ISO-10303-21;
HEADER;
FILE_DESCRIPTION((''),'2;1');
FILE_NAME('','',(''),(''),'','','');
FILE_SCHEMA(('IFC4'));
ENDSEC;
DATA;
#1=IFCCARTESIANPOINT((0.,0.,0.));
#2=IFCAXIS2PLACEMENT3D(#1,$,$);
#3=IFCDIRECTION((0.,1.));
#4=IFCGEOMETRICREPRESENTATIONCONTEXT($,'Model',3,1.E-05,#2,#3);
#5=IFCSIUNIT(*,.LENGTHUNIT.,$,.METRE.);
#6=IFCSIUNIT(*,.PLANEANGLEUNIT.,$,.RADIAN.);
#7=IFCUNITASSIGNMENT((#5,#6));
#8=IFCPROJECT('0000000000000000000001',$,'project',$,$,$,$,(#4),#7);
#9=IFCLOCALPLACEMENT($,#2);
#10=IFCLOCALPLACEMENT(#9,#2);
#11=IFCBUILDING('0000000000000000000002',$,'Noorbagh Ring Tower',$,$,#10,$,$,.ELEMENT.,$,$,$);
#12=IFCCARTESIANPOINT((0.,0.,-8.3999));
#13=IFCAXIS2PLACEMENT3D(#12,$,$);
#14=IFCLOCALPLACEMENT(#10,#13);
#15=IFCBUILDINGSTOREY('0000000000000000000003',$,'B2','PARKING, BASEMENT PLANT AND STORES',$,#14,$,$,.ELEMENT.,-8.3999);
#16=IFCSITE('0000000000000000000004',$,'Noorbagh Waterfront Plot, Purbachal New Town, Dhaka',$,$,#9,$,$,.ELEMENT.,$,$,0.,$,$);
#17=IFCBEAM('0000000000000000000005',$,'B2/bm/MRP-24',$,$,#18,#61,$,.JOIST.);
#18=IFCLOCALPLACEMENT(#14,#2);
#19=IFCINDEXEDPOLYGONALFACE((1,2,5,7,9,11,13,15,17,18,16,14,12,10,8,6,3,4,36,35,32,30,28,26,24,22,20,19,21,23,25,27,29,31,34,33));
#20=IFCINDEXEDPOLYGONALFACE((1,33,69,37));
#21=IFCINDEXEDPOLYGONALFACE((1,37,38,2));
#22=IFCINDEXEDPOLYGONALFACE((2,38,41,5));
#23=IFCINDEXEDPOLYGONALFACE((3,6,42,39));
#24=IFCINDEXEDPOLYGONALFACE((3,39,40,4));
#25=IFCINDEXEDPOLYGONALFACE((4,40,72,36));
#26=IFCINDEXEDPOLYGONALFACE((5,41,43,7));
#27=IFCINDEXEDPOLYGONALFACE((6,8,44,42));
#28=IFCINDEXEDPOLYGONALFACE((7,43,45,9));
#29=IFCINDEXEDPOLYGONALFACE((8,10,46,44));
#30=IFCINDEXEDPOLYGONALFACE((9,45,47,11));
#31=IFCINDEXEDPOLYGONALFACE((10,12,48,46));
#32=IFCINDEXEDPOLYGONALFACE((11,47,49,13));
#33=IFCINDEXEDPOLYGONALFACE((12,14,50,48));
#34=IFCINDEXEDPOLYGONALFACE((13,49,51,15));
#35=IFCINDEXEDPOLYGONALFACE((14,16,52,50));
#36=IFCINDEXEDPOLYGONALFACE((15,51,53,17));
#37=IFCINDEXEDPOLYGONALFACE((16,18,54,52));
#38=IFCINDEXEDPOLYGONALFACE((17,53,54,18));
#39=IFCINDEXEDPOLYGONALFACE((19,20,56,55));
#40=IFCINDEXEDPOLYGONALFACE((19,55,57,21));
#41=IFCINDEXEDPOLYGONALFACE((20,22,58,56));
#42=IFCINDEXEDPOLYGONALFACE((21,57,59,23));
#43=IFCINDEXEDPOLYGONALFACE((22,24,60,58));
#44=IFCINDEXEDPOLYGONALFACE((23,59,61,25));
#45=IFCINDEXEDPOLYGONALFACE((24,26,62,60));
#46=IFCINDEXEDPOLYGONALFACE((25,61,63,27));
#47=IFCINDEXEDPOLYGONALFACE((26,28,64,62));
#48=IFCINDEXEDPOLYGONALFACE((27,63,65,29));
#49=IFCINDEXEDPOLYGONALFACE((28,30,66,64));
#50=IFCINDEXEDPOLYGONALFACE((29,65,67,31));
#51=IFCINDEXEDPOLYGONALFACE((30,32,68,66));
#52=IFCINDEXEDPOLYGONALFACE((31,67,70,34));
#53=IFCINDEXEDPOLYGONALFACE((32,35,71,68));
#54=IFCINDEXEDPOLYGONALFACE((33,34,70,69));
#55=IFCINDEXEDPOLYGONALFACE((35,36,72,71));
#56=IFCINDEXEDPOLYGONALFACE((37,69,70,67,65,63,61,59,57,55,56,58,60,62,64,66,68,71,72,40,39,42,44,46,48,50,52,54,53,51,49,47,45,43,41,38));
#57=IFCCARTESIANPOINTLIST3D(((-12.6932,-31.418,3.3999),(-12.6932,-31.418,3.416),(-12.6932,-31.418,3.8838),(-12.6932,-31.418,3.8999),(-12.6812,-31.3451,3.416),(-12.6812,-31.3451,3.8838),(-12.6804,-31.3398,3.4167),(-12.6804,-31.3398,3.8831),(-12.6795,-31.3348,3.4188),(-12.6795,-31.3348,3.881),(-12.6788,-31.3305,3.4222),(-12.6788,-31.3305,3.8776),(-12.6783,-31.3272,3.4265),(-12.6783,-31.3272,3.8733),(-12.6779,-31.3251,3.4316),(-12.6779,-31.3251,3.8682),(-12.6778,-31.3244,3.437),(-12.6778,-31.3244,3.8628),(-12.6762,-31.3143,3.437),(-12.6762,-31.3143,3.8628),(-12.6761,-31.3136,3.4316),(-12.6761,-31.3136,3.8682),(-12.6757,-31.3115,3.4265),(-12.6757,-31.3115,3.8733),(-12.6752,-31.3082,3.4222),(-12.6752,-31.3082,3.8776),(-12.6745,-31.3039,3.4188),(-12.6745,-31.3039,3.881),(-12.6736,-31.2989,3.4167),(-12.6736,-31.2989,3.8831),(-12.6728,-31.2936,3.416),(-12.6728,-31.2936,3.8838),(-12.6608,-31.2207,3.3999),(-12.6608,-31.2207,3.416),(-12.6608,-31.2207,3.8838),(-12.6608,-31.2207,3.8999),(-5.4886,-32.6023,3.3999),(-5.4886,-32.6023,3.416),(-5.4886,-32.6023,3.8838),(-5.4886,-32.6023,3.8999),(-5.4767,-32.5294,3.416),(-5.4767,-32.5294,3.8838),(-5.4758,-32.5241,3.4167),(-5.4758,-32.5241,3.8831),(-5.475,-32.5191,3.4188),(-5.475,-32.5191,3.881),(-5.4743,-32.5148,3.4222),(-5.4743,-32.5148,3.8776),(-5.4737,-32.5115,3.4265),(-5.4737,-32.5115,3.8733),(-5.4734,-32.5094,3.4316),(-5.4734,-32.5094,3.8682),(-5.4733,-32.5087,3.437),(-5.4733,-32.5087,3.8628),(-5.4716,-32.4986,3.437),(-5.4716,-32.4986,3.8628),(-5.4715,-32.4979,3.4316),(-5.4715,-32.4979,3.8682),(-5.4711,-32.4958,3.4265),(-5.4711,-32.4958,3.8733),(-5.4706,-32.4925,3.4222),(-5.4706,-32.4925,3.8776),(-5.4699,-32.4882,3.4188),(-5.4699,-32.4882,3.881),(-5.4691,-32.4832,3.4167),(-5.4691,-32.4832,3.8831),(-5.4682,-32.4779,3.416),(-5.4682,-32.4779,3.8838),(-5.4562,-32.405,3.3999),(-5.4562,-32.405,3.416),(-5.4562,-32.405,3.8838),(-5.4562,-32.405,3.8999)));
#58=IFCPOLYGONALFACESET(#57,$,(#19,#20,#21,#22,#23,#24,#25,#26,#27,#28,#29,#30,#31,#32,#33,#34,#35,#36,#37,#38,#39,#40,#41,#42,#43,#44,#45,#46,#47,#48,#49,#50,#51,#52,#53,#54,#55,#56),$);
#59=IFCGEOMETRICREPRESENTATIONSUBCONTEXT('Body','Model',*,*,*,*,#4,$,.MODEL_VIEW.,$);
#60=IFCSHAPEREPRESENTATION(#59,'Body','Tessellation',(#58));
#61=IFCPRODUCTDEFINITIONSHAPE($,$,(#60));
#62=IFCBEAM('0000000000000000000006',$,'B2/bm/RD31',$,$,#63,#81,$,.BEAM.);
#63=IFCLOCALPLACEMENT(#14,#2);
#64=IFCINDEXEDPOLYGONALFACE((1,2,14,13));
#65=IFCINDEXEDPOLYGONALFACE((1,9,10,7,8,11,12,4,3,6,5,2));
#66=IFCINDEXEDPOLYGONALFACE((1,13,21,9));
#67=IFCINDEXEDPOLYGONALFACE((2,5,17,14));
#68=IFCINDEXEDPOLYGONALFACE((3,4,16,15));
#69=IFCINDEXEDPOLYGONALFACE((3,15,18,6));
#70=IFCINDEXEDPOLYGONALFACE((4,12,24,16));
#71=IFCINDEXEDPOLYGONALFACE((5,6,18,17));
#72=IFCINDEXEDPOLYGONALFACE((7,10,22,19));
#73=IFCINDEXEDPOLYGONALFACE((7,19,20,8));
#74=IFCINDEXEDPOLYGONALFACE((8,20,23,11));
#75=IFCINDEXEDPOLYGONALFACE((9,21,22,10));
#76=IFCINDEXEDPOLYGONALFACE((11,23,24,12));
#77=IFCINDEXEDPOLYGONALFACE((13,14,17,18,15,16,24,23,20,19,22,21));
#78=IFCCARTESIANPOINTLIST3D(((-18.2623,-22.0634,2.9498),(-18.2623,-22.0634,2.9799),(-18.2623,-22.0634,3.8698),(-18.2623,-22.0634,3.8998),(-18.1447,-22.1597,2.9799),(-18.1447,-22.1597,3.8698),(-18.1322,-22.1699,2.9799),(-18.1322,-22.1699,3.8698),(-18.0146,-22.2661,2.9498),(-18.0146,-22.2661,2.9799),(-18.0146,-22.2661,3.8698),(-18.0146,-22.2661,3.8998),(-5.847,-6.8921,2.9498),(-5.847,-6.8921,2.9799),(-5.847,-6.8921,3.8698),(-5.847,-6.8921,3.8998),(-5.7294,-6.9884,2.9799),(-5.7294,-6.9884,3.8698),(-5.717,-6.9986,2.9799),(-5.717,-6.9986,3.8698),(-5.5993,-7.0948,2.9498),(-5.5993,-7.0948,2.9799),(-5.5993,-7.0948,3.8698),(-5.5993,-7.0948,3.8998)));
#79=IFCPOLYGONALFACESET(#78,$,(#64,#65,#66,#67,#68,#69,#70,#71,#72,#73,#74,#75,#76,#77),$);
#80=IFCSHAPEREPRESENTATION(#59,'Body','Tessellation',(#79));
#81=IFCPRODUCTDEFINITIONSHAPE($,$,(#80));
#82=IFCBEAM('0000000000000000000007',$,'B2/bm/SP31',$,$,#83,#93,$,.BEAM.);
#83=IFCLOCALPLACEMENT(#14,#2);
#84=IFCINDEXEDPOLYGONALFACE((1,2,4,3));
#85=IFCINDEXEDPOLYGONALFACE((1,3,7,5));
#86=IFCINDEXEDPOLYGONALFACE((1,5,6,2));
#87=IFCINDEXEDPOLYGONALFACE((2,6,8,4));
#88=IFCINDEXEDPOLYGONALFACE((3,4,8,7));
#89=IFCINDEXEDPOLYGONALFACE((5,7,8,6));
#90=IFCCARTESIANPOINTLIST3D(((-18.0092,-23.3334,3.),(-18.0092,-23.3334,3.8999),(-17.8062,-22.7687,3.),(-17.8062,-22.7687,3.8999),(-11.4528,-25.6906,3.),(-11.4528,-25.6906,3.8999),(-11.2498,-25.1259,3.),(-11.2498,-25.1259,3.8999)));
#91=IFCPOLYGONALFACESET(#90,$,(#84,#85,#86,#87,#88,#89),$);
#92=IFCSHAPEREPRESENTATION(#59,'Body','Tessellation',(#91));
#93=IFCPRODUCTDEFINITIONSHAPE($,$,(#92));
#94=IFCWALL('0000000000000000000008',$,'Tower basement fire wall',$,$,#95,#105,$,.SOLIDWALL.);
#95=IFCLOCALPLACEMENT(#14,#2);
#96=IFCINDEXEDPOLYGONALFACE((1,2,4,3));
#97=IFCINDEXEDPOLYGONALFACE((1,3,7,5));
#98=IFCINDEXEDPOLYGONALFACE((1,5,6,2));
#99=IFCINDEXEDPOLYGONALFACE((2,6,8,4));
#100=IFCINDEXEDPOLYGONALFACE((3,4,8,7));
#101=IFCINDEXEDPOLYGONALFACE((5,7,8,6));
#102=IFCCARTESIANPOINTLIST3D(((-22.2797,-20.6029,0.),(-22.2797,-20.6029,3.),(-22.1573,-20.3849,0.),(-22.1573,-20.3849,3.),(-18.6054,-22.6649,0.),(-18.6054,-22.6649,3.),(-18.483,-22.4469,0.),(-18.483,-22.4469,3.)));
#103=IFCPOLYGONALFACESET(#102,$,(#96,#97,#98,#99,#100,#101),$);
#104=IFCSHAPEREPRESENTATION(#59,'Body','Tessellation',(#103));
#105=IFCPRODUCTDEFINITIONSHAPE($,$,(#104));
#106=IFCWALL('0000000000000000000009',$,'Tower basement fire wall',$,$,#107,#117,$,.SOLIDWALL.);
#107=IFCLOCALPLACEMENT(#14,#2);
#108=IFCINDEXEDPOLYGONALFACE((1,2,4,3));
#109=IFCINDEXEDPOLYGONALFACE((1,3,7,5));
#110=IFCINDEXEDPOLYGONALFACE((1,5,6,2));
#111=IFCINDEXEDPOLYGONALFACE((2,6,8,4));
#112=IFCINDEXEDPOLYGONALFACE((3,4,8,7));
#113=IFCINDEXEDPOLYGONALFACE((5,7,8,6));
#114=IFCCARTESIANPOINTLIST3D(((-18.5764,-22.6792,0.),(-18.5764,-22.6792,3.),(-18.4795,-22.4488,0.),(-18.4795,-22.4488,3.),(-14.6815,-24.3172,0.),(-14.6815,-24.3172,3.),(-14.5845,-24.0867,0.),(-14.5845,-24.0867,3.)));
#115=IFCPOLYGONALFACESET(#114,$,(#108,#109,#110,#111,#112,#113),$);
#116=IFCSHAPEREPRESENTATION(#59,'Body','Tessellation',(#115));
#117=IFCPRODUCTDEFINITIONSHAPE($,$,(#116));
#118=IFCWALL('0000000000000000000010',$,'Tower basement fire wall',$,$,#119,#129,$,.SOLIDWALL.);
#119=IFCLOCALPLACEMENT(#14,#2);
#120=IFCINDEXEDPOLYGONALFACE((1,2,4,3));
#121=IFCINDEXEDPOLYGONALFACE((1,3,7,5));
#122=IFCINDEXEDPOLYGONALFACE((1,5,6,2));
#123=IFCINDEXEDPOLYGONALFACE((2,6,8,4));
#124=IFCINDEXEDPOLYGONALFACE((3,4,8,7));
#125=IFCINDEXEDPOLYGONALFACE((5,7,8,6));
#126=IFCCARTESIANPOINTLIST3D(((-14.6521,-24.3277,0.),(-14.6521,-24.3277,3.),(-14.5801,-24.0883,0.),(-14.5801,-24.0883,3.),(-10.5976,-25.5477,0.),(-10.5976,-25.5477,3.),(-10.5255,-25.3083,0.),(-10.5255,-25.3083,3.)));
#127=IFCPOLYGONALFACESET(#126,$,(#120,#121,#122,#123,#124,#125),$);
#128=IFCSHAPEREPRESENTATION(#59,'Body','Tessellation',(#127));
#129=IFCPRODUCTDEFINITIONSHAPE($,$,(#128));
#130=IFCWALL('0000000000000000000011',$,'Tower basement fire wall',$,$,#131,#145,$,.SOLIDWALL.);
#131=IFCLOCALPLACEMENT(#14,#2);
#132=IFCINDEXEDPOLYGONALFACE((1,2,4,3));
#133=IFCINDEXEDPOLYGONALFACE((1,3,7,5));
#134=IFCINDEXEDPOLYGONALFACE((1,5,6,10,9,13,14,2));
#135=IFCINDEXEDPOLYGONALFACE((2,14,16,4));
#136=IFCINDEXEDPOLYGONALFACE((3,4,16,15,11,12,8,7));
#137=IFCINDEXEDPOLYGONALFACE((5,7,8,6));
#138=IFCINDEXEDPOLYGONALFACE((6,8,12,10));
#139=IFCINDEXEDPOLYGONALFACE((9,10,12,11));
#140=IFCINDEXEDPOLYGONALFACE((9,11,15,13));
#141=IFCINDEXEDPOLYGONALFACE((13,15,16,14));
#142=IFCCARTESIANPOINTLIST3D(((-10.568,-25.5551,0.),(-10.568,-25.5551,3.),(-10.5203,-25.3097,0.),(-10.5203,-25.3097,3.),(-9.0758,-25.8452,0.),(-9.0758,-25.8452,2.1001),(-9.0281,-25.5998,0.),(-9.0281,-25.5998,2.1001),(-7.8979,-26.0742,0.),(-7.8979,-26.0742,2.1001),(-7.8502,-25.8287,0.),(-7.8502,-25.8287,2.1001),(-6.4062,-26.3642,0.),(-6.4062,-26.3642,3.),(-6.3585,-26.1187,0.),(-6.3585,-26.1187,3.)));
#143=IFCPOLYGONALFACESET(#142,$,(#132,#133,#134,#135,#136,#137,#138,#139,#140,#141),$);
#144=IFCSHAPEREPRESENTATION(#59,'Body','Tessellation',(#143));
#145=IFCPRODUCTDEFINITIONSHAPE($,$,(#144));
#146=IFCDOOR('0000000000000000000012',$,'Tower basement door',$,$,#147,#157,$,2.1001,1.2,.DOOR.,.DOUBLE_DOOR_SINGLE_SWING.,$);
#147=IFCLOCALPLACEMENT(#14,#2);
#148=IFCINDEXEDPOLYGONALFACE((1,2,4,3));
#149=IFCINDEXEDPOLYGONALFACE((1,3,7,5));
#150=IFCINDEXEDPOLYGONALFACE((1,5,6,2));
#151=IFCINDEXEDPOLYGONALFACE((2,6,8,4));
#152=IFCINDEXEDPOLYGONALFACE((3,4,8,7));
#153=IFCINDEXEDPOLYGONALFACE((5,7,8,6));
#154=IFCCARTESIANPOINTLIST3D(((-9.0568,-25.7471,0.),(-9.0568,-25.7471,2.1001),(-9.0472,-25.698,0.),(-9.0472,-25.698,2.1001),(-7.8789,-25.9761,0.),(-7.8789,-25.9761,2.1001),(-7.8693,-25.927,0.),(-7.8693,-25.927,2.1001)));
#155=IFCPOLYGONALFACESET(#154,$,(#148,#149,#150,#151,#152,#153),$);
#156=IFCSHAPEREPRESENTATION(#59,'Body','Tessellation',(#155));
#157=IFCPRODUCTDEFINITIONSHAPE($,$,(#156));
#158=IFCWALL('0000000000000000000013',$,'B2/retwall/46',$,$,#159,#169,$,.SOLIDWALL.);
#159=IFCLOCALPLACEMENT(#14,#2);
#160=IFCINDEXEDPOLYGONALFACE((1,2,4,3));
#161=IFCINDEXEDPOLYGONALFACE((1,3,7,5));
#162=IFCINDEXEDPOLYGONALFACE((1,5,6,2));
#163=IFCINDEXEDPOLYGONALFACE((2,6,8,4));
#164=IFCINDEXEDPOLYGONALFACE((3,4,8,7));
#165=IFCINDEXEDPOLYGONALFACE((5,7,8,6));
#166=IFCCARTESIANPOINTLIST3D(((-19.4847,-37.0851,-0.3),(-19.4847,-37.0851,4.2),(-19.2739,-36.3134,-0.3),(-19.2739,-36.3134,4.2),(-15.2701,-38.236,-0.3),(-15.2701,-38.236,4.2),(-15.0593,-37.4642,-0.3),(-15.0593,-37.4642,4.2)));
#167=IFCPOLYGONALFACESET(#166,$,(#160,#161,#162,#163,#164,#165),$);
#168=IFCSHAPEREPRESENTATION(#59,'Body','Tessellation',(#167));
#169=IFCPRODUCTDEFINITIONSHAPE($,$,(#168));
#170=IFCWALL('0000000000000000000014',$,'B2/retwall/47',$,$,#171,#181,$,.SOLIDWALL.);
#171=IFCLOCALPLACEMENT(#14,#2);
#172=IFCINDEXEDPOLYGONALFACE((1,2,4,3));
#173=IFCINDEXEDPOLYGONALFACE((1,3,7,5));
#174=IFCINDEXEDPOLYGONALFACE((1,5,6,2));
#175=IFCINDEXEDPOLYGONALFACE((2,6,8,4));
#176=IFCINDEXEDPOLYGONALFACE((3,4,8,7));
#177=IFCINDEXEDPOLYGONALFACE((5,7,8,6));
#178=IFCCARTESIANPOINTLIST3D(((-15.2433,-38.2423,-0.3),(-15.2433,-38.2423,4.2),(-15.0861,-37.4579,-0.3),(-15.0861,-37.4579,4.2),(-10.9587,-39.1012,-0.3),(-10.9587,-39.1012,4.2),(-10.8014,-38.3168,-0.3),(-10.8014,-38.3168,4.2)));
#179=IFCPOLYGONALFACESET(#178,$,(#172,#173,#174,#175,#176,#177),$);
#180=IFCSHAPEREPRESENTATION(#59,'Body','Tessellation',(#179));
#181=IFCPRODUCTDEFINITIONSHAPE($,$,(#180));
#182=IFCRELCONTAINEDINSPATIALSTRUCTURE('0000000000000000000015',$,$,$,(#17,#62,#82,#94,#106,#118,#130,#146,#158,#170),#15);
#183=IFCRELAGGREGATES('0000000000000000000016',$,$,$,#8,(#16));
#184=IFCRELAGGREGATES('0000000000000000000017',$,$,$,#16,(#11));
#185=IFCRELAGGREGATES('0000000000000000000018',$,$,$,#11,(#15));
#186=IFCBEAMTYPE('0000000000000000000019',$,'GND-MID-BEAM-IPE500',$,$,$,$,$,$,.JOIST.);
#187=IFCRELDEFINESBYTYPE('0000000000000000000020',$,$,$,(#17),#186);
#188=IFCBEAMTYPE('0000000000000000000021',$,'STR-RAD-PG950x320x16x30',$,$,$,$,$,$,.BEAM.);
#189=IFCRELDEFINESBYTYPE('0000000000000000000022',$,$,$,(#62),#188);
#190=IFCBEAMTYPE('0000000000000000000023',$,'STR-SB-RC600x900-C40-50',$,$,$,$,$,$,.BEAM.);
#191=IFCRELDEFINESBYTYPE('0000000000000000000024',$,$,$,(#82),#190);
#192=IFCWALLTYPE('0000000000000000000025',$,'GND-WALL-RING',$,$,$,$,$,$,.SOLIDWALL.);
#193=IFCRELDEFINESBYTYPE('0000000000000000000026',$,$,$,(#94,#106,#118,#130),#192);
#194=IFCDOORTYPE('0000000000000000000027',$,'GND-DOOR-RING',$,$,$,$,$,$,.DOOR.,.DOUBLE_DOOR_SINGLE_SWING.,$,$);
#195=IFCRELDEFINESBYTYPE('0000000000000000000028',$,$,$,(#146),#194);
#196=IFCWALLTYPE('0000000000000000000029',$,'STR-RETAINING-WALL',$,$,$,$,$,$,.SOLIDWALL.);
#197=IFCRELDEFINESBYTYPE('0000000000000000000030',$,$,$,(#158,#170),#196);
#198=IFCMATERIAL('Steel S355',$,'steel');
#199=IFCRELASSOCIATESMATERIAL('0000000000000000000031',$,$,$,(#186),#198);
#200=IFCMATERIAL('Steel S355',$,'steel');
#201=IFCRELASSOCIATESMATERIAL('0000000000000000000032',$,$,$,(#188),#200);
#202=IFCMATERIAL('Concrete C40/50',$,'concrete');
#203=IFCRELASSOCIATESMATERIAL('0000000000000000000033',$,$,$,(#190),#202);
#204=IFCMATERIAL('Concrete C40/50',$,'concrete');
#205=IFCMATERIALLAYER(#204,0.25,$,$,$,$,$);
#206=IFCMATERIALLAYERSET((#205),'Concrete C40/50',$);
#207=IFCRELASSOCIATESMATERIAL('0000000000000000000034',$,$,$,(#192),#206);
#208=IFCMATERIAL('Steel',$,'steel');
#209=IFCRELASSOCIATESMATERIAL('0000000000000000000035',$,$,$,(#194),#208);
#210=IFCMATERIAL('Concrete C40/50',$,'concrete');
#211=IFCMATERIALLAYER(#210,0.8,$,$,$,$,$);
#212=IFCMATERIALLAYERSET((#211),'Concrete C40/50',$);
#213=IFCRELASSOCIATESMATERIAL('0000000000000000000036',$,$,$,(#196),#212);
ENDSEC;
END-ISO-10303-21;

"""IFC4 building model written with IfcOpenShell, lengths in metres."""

from ifc_helpers import new_model, si_unit, direction, frame, frame_2d, origin, origin_2d, place, context, subcontext, project, spatial, rectangle, i_section, extrude, material, layer, layer_set, material_profile, profile_set, type_object, element, fill, save


model = new_model("IFC4")

# Units and contexts
model_context = context("Model", 3, precision=1e-05, world=origin(), true_north=direction((0.0, 1.0)))
body_context = subcontext(model_context, "Body", "Model", "MODEL_VIEW")
ifc_project = project(units=[si_unit("LENGTHUNIT", "METRE"), si_unit("PLANEANGLEUNIT", "RADIAN")], contexts=[model_context])

# Site, building, storey
site_placement = place(None, origin())
site = spatial("IfcSite", under=ifc_project, at=site_placement, Name="Noorbagh Waterfront Plot, Purbachal New Town, Dhaka", CompositionType="ELEMENT", RefElevation=0.0)
building_placement = place(site_placement, origin())
building = spatial("IfcBuilding", under=site, at=building_placement, Name="Noorbagh Ring Tower", CompositionType="ELEMENT")
storey_placement = place(building_placement, frame((0.0, 0.0, -8.3999)))
storey = spatial("IfcBuildingStorey", under=building, at=storey_placement, Name="B2", Description="PARKING, BASEMENT PLANT AND STORES", CompositionType="ELEMENT", Elevation=-8.3999)

# Beams
ifc_material_1 = material(Name="Steel S355", Category="steel")
ifc_material_profile_1 = material_profile(ifc_material_1, i_section(OverallWidth=0.2, OverallDepth=0.5, WebThickness=0.0103, FlangeThickness=0.0161, FilletRadius=0.021, at=origin_2d()), Name="IPE500")
ifc_profile_set_1 = profile_set([ifc_material_profile_1], Name="Steel S355")
beam_type_1 = type_object("IfcBeamType", Name="GND-MID-BEAM-IPE500", PredefinedType="JOIST", material=ifc_profile_set_1)
beam_1_placement = place(storey_placement, frame((-12.677, -31.3193, 3.6499), z_axis=(0.986757, -0.162208, 0.0), x_axis=(0.162208, 0.986757, 0.0)))
element("IfcBeam", 1, at=beam_1_placement, inside=storey, type_object=beam_type_1, Name="B2/bm/MRP-24", PredefinedType="JOIST", context=body_context, shape_type="SweptSolid", body=[
    extrude(i_section(OverallWidth=0.2, OverallDepth=0.5, WebThickness=0.0103, FlangeThickness=0.0161, FilletRadius=0.021, at=origin_2d()), origin(), (0.0, 0.0, 1.0), 7.3013),
])
ifc_material_2 = material(Name="Steel S355", Category="steel")
ifc_material_profile_2 = material_profile(ifc_material_2, i_section(OverallWidth=0.3201, OverallDepth=0.95, WebThickness=0.0161, FlangeThickness=0.03, at=origin_2d()), Name="PG950x320x16x30")
ifc_profile_set_2 = profile_set([ifc_material_profile_2], Name="Steel S355")
beam_type_2 = type_object("IfcBeamType", Name="STR-RAD-PG950x320x16x30", PredefinedType="BEAM", material=ifc_profile_set_2)
beam_2_placement = place(storey_placement, frame((-18.1384, -22.1648, 3.4248), z_axis=(0.633309, 0.773899, 0.0), x_axis=(-0.773899, 0.633309, 0.0)))
element("IfcBeam", 2, at=beam_2_placement, inside=storey, type_object=beam_type_2, Name="B2/bm/RD31", PredefinedType="BEAM", context=body_context, shape_type="SweptSolid", body=[
    extrude(i_section(OverallWidth=0.3201, OverallDepth=0.95, WebThickness=0.0161, FlangeThickness=0.03, at=origin_2d()), origin(), (0.0, 0.0, 1.0), 19.6038),
])
ifc_material_3 = material(Name="Concrete C40/50", Category="concrete")
ifc_material_profile_3 = material_profile(ifc_material_3, rectangle(XDim=0.6001, YDim=0.8999, at=origin_2d()), Name="RC600x900")
ifc_profile_set_3 = profile_set([ifc_material_profile_3], Name="Concrete C40/50")
beam_type_3 = type_object("IfcBeamType", Name="STR-SB-RC600x900-C40-50", PredefinedType="BEAM", material=ifc_profile_set_3)
beam_3_placement = place(storey_placement, frame((-17.9077, -23.051, 3.45), z_axis=(0.94103, -0.338322, 0.0), x_axis=(0.338322, 0.94103, 0.0)))
element("IfcBeam", 3, at=beam_3_placement, inside=storey, type_object=beam_type_3, Name="B2/bm/SP31", PredefinedType="BEAM", context=body_context, shape_type="SweptSolid", body=[
    extrude(rectangle(XDim=0.6001, YDim=0.8999, at=origin_2d()), origin(), (0.0, 0.0, 1.0), 6.9673),
])

# Walls
ifc_material_4 = material(Name="Concrete C40/50", Category="concrete")
ifc_layer_1 = layer(ifc_material_4, 0.25)
ifc_layer_set_1 = layer_set([ifc_layer_1], Name="Concrete C40/50")
wall_type_1 = type_object("IfcWallType", Name="GND-WALL-RING", PredefinedType="SOLIDWALL", material=ifc_layer_set_1)
wall_1_placement = place(storey_placement, frame((-22.2185, -20.4939, 0.0), z_axis=(0.0, 0.0, 1.0), x_axis=(0.872061, -0.489397, 0.0)))
element("IfcWall", 4, at=wall_1_placement, inside=storey, type_object=wall_type_1, Name="Tower basement fire wall", PredefinedType="SOLIDWALL", context=body_context, shape_type="SweptSolid", body=[
    extrude(rectangle(XDim=4.2134, YDim=0.25, at=frame_2d((2.1067, 0.0))), origin(), (0.0, 0.0, 1.0), 3.0),
])
wall_2_placement = place(storey_placement, frame((-18.5281, -22.564, 0.0), z_axis=(0.0, 0.0, 1.0), x_axis=(0.92181, -0.387641, 0.0)))
element("IfcWall", 5, at=wall_2_placement, inside=storey, type_object=wall_type_1, Name="Tower basement fire wall", PredefinedType="SOLIDWALL", context=body_context, shape_type="SweptSolid", body=[
    extrude(rectangle(XDim=4.2253, YDim=0.25, at=frame_2d((2.1128, 0.0))), origin(), (0.0, 0.0, 1.0), 3.0),
])
wall_3_placement = place(storey_placement, frame((-14.6162, -24.208, 0.0), z_axis=(0.0, 0.0, 1.0), x_axis=(0.957589, -0.288136, 0.0)))
element("IfcWall", 6, at=wall_3_placement, inside=storey, type_object=wall_type_1, Name="Tower basement fire wall", PredefinedType="SOLIDWALL", context=body_context, shape_type="SweptSolid", body=[
    extrude(rectangle(XDim=4.2341, YDim=0.25, at=frame_2d((2.1172, 0.0))), origin(), (0.0, 0.0, 1.0), 3.0),
])

# Wall, opening, door
wall_4_placement = place(storey_placement, frame((-10.5442, -25.4324, 0.0), z_axis=(0.0, 0.0, 1.0), x_axis=(0.981623, -0.190831, 0.0)))
wall_4 = element("IfcWall", 7, at=wall_4_placement, inside=storey, type_object=wall_type_1, Name="Tower basement fire wall", PredefinedType="SOLIDWALL", context=body_context, shape_type="SweptSolid", body=[
    extrude(rectangle(XDim=4.2397, YDim=0.25, at=frame_2d((2.1199, 0.0))), origin(), (0.0, 0.0, 1.0), 3.0),
])
opening_placement = place(wall_4_placement, frame((1.52, 0.0, 0.0)))
opening = element("IfcOpeningElement", 8, at=opening_placement, cuts=wall_4, PredefinedType="OPENING", context=body_context, shape_type="SweptSolid", body=[
    extrude(rectangle(XDim=1.2, YDim=2.1001, at=frame_2d((0.6001, 1.05))), frame((0.0, 0.135, 0.0), z_axis=(0.0, -1.0, 0.0), x_axis=(1.0, 0.0, 0.0)), (0.0, 0.0, 1.0), 0.27),
])
ifc_material_5 = material(Name="Steel", Category="steel")
door_type = type_object("IfcDoorType", Name="GND-DOOR-RING", OperationType="DOUBLE_DOOR_SINGLE_SWING", PredefinedType="DOOR", material=ifc_material_5)
door_placement = place(opening_placement, origin())
door = element("IfcDoor", 9, at=door_placement, inside=storey, type_object=door_type, Name="Tower basement door", OperationType="DOUBLE_DOOR_SINGLE_SWING", OverallHeight=2.1001, OverallWidth=1.2, PredefinedType="DOOR", context=body_context, shape_type="SweptSolid", body=[
    extrude(rectangle(XDim=1.2, YDim=2.1001, at=frame_2d((0.6001, 1.05))), frame((0.0, 0.0249, 0.0), z_axis=(0.0, -1.0, 0.0), x_axis=(1.0, 0.0, 0.0)), (0.0, 0.0, 1.0), 0.05),
])
fill(opening, door)

# Walls
ifc_material_6 = material(Name="Concrete C40/50", Category="concrete")
ifc_layer_2 = layer(ifc_material_6, 0.8)
ifc_layer_set_2 = layer_set([ifc_layer_2], Name="Concrete C40/50")
wall_type_2 = type_object("IfcWallType", Name="STR-RETAINING-WALL", PredefinedType="SOLIDWALL", material=ifc_layer_set_2)
wall_5_placement = place(storey_placement, frame((-19.3794, -36.6992, -0.3), z_axis=(0.0, 0.0, 1.0), x_axis=(0.96468, -0.263425, 0.0)))
element("IfcWall", 10, at=wall_5_placement, inside=storey, type_object=wall_type_2, Name="B2/retwall/46", PredefinedType="SOLIDWALL", context=body_context, shape_type="SweptSolid", body=[
    extrude(rectangle(XDim=4.3689, YDim=0.8, at=frame_2d((2.1846, 0.0))), origin(), (0.0, 0.0, 1.0), 4.5),
])
wall_6_placement = place(storey_placement, frame((-15.1648, -37.8501, -0.3), z_axis=(0.0, 0.0, 1.0), x_axis=(0.980495, -0.196546, 0.0)))
element("IfcWall", 11, at=wall_6_placement, inside=storey, type_object=wall_type_2, Name="B2/retwall/47", PredefinedType="SOLIDWALL", context=body_context, shape_type="SweptSolid", body=[
    extrude(rectangle(XDim=4.3699, YDim=0.8, at=frame_2d((2.1851, 0.0))), origin(), (0.0, 0.0, 1.0), 4.5),
])

save(model, "model.ifc")
